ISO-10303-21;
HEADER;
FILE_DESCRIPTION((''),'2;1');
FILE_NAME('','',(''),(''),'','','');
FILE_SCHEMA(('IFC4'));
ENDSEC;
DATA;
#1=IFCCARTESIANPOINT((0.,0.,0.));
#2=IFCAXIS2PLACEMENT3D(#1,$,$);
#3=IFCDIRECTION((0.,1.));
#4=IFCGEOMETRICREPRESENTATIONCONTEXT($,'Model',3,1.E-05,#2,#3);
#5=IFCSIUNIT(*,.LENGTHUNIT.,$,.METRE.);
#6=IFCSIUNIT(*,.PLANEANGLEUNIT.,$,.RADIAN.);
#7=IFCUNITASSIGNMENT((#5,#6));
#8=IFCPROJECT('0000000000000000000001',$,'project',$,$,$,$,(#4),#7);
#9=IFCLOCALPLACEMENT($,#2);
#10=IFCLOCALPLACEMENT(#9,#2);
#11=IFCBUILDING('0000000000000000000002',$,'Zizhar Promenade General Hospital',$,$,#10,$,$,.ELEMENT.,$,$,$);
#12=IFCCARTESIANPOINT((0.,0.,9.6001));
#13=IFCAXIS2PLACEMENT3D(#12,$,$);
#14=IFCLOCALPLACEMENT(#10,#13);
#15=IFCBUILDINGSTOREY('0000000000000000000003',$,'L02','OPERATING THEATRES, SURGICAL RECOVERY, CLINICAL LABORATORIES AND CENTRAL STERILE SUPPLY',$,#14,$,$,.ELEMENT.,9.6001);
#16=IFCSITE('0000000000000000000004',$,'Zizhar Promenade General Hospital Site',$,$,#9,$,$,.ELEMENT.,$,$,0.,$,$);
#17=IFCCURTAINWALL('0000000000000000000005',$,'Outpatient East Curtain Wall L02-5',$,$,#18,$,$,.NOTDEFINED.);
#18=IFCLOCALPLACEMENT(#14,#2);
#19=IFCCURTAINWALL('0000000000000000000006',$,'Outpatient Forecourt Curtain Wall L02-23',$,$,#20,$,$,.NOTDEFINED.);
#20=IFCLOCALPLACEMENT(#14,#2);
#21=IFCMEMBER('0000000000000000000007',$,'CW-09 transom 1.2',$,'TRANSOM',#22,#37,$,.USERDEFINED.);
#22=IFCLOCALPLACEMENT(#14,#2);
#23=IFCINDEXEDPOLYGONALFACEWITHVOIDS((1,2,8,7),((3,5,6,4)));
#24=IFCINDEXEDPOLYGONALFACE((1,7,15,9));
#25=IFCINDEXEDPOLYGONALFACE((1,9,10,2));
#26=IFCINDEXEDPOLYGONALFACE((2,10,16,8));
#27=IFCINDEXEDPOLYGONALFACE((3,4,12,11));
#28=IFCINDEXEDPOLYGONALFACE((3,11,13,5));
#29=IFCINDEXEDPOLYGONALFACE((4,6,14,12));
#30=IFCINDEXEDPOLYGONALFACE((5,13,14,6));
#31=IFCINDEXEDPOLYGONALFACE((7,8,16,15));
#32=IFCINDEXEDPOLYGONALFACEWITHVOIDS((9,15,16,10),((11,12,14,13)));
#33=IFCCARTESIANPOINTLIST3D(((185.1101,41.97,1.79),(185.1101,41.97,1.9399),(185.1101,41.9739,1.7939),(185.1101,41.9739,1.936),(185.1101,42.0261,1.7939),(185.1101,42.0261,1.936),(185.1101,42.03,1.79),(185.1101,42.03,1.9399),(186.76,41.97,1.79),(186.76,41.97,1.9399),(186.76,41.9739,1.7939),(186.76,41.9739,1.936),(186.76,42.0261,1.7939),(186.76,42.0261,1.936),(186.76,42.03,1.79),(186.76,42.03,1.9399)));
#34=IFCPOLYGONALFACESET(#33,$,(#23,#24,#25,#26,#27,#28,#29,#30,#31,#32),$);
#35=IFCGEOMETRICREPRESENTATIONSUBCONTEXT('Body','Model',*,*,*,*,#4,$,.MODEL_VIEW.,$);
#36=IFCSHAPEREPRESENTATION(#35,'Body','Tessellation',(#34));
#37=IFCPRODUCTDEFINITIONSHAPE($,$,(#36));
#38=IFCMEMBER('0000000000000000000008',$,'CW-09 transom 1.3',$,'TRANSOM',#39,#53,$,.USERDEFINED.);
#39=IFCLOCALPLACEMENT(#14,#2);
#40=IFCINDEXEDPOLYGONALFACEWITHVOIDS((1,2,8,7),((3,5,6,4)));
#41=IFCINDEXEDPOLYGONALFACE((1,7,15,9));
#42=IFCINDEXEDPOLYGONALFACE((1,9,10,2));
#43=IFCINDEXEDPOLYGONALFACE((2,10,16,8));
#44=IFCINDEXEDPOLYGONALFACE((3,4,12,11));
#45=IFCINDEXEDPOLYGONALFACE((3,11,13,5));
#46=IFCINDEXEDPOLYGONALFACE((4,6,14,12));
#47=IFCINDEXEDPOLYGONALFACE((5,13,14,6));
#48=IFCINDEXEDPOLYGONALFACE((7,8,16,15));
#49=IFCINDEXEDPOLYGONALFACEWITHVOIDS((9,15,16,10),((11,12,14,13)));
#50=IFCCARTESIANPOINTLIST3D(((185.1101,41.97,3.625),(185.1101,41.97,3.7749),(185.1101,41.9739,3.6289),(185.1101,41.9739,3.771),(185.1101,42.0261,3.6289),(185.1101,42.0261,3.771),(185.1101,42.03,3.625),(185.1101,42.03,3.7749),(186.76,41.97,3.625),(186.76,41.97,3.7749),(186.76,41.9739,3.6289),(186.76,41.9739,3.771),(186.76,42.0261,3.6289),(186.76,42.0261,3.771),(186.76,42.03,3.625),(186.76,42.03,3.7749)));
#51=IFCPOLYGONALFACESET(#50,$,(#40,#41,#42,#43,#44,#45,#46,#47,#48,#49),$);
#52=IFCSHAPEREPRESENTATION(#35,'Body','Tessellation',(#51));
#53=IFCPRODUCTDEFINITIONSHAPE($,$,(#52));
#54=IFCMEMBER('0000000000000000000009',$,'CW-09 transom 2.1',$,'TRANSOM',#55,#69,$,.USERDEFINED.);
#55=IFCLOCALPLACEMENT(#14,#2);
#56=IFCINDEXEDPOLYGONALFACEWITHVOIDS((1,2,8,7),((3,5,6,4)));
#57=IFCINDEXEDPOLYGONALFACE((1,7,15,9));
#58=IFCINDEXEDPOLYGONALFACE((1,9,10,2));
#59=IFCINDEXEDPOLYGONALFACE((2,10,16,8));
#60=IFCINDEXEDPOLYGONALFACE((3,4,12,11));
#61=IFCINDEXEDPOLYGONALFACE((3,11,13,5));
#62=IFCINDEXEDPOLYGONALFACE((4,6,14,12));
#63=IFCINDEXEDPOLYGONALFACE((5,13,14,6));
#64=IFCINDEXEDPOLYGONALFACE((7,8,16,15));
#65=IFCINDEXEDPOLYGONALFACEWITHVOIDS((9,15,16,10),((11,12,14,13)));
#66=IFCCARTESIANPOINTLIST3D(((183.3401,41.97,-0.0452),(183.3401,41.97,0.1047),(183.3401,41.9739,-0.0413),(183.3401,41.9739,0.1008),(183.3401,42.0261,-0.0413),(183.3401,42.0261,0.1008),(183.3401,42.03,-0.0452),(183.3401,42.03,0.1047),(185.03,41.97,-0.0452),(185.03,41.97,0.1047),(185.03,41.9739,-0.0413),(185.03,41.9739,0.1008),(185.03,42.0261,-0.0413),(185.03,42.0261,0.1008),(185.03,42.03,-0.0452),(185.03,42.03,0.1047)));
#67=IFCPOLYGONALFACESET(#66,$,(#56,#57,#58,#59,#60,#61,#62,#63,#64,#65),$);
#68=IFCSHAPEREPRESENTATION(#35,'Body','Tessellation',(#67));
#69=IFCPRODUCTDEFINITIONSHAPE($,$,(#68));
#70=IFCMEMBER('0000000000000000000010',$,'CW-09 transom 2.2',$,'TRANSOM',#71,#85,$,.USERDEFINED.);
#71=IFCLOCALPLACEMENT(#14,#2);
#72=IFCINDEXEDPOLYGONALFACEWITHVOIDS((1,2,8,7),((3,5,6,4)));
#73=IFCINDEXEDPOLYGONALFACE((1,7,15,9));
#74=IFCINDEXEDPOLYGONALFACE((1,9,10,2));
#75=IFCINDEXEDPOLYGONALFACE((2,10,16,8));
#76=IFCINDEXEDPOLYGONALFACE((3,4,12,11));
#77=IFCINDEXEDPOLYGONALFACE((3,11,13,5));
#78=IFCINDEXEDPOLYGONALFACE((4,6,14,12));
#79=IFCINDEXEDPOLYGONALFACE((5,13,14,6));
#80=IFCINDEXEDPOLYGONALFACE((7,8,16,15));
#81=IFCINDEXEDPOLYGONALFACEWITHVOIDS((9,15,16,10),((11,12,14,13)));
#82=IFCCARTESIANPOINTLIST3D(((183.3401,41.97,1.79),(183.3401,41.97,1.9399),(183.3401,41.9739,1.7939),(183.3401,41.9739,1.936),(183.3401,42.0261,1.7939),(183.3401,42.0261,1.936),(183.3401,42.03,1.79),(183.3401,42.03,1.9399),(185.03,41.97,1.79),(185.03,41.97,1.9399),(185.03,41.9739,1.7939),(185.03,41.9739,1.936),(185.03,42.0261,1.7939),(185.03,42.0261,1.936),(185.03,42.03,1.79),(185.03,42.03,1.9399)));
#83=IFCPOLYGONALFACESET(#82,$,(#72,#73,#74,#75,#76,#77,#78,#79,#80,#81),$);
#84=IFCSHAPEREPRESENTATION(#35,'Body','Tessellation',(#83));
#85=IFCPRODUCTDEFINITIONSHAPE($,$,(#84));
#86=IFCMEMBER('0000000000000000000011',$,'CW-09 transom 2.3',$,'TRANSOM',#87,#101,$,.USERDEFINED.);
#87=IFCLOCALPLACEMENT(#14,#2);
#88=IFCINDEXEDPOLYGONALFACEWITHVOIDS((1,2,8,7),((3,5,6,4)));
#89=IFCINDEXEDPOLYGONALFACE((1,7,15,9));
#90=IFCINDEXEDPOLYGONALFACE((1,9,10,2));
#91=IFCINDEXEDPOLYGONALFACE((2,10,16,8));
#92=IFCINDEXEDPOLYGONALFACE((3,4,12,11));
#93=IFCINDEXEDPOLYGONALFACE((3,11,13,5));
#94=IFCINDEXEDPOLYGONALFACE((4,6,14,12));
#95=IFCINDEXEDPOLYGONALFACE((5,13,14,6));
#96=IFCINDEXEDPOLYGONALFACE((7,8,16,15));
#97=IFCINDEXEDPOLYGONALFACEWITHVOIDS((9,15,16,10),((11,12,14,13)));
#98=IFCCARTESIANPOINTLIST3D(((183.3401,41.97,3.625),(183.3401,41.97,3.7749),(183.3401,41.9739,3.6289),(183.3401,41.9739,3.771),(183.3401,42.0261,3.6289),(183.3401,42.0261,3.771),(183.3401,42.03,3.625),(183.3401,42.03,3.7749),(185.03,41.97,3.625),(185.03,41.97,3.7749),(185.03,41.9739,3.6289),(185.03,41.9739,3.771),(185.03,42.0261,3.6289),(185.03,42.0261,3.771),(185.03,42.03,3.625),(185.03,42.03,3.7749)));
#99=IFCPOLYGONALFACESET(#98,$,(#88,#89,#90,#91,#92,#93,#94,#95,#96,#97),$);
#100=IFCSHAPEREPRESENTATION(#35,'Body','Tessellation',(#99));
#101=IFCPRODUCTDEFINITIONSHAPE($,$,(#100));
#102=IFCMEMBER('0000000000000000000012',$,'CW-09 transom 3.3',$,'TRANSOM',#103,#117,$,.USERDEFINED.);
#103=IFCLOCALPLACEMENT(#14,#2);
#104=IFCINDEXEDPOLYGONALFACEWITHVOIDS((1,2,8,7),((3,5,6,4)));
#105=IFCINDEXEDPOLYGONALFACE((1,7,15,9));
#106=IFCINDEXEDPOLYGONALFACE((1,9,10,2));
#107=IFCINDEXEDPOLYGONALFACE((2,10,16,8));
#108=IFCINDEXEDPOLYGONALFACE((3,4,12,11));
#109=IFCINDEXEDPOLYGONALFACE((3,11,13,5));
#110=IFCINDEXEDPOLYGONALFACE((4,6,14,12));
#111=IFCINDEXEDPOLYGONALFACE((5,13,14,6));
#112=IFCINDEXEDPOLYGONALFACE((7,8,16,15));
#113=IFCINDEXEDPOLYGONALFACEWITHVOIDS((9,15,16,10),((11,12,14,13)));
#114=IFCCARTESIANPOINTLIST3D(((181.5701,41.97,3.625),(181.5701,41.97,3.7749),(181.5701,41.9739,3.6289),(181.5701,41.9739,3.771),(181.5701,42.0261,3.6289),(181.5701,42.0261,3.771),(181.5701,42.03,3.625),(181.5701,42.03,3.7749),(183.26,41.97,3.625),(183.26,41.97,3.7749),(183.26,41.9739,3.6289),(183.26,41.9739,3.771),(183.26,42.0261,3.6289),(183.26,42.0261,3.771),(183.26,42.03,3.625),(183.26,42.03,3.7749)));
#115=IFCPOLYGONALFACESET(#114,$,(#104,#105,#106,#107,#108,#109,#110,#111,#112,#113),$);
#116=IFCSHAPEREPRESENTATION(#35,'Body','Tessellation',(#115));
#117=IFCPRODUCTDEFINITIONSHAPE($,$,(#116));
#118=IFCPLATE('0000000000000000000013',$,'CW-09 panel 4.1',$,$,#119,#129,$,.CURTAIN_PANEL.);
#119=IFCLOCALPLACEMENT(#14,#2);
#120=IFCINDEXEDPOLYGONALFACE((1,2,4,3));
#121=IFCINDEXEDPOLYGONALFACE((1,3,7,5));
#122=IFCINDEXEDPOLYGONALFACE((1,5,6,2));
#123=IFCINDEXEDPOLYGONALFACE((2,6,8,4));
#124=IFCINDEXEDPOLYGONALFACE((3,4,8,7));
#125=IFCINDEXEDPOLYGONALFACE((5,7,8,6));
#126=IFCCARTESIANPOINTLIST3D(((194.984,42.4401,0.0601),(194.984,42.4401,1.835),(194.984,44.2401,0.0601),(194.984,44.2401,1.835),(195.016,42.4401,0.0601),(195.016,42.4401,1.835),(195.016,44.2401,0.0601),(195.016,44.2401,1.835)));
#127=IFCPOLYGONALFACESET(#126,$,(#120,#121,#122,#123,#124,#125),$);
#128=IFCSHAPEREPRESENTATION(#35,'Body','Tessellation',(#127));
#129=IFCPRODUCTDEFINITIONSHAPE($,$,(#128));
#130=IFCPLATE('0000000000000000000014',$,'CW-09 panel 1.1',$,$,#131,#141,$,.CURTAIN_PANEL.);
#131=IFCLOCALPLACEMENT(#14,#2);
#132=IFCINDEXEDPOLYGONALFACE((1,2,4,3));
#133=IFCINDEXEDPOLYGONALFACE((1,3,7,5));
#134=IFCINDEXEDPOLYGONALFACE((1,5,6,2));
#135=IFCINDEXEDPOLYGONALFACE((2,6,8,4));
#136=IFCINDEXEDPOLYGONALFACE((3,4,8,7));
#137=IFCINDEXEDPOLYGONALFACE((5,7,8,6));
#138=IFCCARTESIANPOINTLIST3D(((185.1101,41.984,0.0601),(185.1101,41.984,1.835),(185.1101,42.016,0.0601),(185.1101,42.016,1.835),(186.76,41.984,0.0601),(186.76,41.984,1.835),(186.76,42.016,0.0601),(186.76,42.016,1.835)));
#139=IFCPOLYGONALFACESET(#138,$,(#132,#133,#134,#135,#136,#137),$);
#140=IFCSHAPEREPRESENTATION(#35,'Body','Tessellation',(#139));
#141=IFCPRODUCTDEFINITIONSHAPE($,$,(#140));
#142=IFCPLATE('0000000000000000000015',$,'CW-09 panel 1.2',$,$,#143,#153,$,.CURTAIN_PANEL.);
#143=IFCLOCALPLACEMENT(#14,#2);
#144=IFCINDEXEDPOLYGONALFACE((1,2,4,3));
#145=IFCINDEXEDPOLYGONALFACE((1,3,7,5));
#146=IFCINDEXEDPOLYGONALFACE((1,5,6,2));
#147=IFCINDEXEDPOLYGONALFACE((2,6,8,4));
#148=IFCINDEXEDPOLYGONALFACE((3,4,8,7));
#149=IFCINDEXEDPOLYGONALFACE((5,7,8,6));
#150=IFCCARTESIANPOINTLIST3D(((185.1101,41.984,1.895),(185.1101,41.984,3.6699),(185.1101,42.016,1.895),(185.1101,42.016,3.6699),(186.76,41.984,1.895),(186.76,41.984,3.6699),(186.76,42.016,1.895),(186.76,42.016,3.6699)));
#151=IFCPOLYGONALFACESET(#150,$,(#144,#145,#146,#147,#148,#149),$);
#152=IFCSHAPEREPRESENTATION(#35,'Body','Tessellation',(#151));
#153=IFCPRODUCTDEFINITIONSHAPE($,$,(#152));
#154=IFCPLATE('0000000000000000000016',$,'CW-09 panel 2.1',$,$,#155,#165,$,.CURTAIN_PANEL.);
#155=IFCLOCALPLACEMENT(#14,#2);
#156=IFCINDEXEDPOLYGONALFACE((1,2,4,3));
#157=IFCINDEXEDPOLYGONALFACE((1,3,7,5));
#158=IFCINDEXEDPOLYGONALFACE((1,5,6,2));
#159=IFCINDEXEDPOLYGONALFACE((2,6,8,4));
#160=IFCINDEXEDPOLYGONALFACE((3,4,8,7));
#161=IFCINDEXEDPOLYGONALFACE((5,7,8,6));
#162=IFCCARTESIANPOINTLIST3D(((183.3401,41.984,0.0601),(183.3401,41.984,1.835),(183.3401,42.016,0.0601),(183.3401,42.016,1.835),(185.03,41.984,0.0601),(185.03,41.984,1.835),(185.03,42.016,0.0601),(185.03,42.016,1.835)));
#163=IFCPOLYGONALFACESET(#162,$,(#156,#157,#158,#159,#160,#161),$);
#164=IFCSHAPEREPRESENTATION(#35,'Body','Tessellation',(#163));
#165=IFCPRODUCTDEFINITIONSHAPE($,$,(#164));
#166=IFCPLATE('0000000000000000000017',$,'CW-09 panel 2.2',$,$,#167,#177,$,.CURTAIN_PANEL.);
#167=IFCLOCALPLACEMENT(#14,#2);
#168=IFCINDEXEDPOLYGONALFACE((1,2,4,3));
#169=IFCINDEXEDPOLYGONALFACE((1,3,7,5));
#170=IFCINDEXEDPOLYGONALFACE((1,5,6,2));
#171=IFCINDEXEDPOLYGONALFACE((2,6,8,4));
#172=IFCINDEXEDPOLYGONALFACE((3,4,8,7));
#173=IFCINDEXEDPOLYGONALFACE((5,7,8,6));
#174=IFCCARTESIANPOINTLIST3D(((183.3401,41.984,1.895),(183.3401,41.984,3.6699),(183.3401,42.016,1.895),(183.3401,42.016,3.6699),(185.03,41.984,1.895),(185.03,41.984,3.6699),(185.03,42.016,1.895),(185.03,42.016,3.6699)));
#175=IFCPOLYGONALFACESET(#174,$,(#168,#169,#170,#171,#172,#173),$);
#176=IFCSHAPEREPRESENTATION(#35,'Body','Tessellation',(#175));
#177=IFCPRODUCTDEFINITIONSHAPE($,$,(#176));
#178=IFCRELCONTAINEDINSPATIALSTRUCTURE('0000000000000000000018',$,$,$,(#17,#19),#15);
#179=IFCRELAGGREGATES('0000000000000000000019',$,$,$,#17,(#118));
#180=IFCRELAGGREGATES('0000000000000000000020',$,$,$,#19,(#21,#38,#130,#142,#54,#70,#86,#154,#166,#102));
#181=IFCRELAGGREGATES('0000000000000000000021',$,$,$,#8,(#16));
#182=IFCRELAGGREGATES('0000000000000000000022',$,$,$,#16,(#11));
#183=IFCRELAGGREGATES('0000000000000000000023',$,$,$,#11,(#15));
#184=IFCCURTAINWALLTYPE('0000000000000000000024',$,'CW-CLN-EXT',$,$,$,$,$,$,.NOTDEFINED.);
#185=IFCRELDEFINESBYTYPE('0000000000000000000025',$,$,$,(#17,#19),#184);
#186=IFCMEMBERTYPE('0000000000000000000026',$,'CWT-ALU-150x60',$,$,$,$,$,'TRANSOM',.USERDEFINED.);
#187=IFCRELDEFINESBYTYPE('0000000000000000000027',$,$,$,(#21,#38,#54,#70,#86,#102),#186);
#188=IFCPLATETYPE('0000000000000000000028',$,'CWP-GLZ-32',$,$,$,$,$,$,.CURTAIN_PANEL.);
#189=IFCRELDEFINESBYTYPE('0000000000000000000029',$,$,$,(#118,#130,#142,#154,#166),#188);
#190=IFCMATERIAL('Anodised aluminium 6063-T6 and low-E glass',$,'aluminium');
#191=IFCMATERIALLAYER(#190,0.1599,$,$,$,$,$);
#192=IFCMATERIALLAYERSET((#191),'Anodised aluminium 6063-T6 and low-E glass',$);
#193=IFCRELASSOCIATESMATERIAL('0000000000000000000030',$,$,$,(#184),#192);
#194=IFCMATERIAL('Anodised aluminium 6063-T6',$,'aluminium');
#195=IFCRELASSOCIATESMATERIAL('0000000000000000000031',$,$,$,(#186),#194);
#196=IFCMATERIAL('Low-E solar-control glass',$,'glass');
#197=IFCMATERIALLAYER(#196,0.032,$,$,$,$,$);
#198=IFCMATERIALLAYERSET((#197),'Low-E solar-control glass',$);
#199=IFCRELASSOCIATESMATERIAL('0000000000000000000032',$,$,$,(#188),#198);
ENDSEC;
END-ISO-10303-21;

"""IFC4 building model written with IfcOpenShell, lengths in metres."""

from ifc_helpers import new_model, si_unit, direction, frame, origin, origin_2d, place, context, subcontext, project, spatial, rectangle, hollow_rectangle, extrude, material, layer, layer_set, material_profile, profile_set, type_object, element, aggregate, save


model = new_model("IFC4")

# Units and contexts
model_context = context("Model", 3, precision=1e-05, world=origin(), true_north=direction((0.0, 1.0)))
body_context = subcontext(model_context, "Body", "Model", "MODEL_VIEW")
ifc_project = project(units=[si_unit("LENGTHUNIT", "METRE"), si_unit("PLANEANGLEUNIT", "RADIAN")], contexts=[model_context])

# Site, building, storey
site_placement = place(None, origin())
site = spatial("IfcSite", under=ifc_project, at=site_placement, Name="Zizhar Promenade General Hospital Site", CompositionType="ELEMENT", RefElevation=0.0)
building_placement = place(site_placement, origin())
building = spatial("IfcBuilding", under=site, at=building_placement, Name="Zizhar Promenade General Hospital", CompositionType="ELEMENT")
storey_placement = place(building_placement, frame((0.0, 0.0, 9.6001)))
storey = spatial("IfcBuildingStorey", under=building, at=storey_placement, Name="L02", Description="OPERATING THEATRES, SURGICAL RECOVERY, CLINICAL LABORATORIES AND CENTRAL STERILE SUPPLY", CompositionType="ELEMENT", Elevation=9.6001)

# Curtain wall
ifc_material_1 = material(Name="Anodised aluminium 6063-T6 and low-E glass", Category="aluminium")
ifc_layer_1 = layer(ifc_material_1, 0.1599)
ifc_layer_set_1 = layer_set([ifc_layer_1], Name="Anodised aluminium 6063-T6 and low-E glass")
curtain_wall_type = type_object("IfcCurtainWallType", Name="CW-CLN-EXT", PredefinedType="NOTDEFINED", material=ifc_layer_set_1)
curtain_wall_1_placement = place(storey_placement, origin())
curtain_wall_1 = element("IfcCurtainWall", 1, at=curtain_wall_1_placement, inside=storey, type_object=curtain_wall_type, Name="Outpatient East Curtain Wall L02-5", PredefinedType="NOTDEFINED")

# Curtain wall, members
curtain_wall_2_placement = place(storey_placement, origin())
curtain_wall_2 = element("IfcCurtainWall", 2, at=curtain_wall_2_placement, inside=storey, type_object=curtain_wall_type, Name="Outpatient Forecourt Curtain Wall L02-23", PredefinedType="NOTDEFINED")
ifc_material_2 = material(Name="Anodised aluminium 6063-T6", Category="aluminium")
ifc_material_profile_1 = material_profile(ifc_material_2, hollow_rectangle(XDim=0.0601, YDim=0.1499, WallThickness=0.0039, at=origin_2d()))
ifc_profile_set_1 = profile_set([ifc_material_profile_1], Name="Anodised aluminium 6063-T6")
member_type_1 = type_object("IfcMemberType", Name="CWT-ALU-150x60", ElementType="TRANSOM", PredefinedType="USERDEFINED", material=ifc_profile_set_1)
member_1_placement = place(storey_placement, frame((186.76, 42.0, 1.865), z_axis=(-1.0, 0.0, 0.0), x_axis=(0.0, -1.0, 0.0)))
member_1 = element("IfcMember", 3, at=member_1_placement, type_object=member_type_1, Name="CW-09 transom 1.2", ObjectType="TRANSOM", PredefinedType="USERDEFINED", context=body_context, shape_type="SweptSolid", body=[
    extrude(hollow_rectangle(XDim=0.0601, YDim=0.1499, WallThickness=0.0039, at=origin_2d()), origin(), (0.0, 0.0, 1.0), 1.6499),
])
member_2_placement = place(storey_placement, frame((186.76, 42.0, 3.7), z_axis=(-1.0, 0.0, 0.0), x_axis=(0.0, -1.0, 0.0)))
member_2 = element("IfcMember", 4, at=member_2_placement, type_object=member_type_1, Name="CW-09 transom 1.3", ObjectType="TRANSOM", PredefinedType="USERDEFINED", context=body_context, shape_type="SweptSolid", body=[
    extrude(hollow_rectangle(XDim=0.0601, YDim=0.1499, WallThickness=0.0039, at=origin_2d()), origin(), (0.0, 0.0, 1.0), 1.6499),
])
member_3_placement = place(storey_placement, frame((185.03, 42.0, 0.0298), z_axis=(-1.0, 0.0, 0.0), x_axis=(0.0, -1.0, 0.0)))
member_3 = element("IfcMember", 5, at=member_3_placement, type_object=member_type_1, Name="CW-09 transom 2.1", ObjectType="TRANSOM", PredefinedType="USERDEFINED", context=body_context, shape_type="SweptSolid", body=[
    extrude(hollow_rectangle(XDim=0.0601, YDim=0.1499, WallThickness=0.0039, at=origin_2d()), origin(), (0.0, 0.0, 1.0), 1.6899),
])
member_4_placement = place(storey_placement, frame((185.03, 42.0, 1.865), z_axis=(-1.0, 0.0, 0.0), x_axis=(0.0, -1.0, 0.0)))
member_4 = element("IfcMember", 6, at=member_4_placement, type_object=member_type_1, Name="CW-09 transom 2.2", ObjectType="TRANSOM", PredefinedType="USERDEFINED", context=body_context, shape_type="SweptSolid", body=[
    extrude(hollow_rectangle(XDim=0.0601, YDim=0.1499, WallThickness=0.0039, at=origin_2d()), origin(), (0.0, 0.0, 1.0), 1.6899),
])
member_5_placement = place(storey_placement, frame((185.03, 42.0, 3.7), z_axis=(-1.0, 0.0, 0.0), x_axis=(0.0, -1.0, 0.0)))
member_5 = element("IfcMember", 7, at=member_5_placement, type_object=member_type_1, Name="CW-09 transom 2.3", ObjectType="TRANSOM", PredefinedType="USERDEFINED", context=body_context, shape_type="SweptSolid", body=[
    extrude(hollow_rectangle(XDim=0.0601, YDim=0.1499, WallThickness=0.0039, at=origin_2d()), origin(), (0.0, 0.0, 1.0), 1.6899),
])
member_6_placement = place(storey_placement, frame((183.26, 42.0, 3.7), z_axis=(-1.0, 0.0, 0.0), x_axis=(0.0, -1.0, 0.0)))
member_6 = element("IfcMember", 8, at=member_6_placement, type_object=member_type_1, Name="CW-09 transom 3.3", ObjectType="TRANSOM", PredefinedType="USERDEFINED", context=body_context, shape_type="SweptSolid", body=[
    extrude(hollow_rectangle(XDim=0.0601, YDim=0.1499, WallThickness=0.0039, at=origin_2d()), origin(), (0.0, 0.0, 1.0), 1.6899),
])

# Plates
ifc_material_3 = material(Name="Low-E solar-control glass", Category="glass")
ifc_layer_2 = layer(ifc_material_3, 0.032)
ifc_layer_set_2 = layer_set([ifc_layer_2], Name="Low-E solar-control glass")
plate_type = type_object("IfcPlateType", Name="CWP-GLZ-32", PredefinedType="CURTAIN_PANEL", material=ifc_layer_set_2)
plate_1_placement = place(storey_placement, frame((195.0, 43.3401, 0.0601), z_axis=(0.0, 0.0, 1.0), x_axis=(0.0, -1.0, 0.0)))
plate_1 = element("IfcPlate", 9, at=plate_1_placement, type_object=plate_type, Name="CW-09 panel 4.1", PredefinedType="CURTAIN_PANEL", context=body_context, shape_type="SweptSolid", body=[
    extrude(rectangle(XDim=1.8, YDim=0.032, at=origin_2d()), origin(), (0.0, 0.0, 1.0), 1.7749),
])
aggregate(curtain_wall_1, [plate_1])
plate_2_placement = place(storey_placement, frame((185.9351, 42.0, 0.0601), z_axis=(0.0, 0.0, 1.0), x_axis=(-1.0, 0.0, 0.0)))
plate_2 = element("IfcPlate", 10, at=plate_2_placement, type_object=plate_type, Name="CW-09 panel 1.1", PredefinedType="CURTAIN_PANEL", context=body_context, shape_type="SweptSolid", body=[
    extrude(rectangle(XDim=1.6499, YDim=0.032, at=origin_2d()), origin(), (0.0, 0.0, 1.0), 1.7749),
])
plate_3_placement = place(storey_placement, frame((185.9351, 42.0, 1.895), z_axis=(0.0, 0.0, 1.0), x_axis=(-1.0, 0.0, 0.0)))
plate_3 = element("IfcPlate", 11, at=plate_3_placement, type_object=plate_type, Name="CW-09 panel 1.2", PredefinedType="CURTAIN_PANEL", context=body_context, shape_type="SweptSolid", body=[
    extrude(rectangle(XDim=1.6499, YDim=0.032, at=origin_2d()), origin(), (0.0, 0.0, 1.0), 1.7749),
])
plate_4_placement = place(storey_placement, frame((184.1851, 42.0, 0.0601), z_axis=(0.0, 0.0, 1.0), x_axis=(-1.0, 0.0, 0.0)))
plate_4 = element("IfcPlate", 12, at=plate_4_placement, type_object=plate_type, Name="CW-09 panel 2.1", PredefinedType="CURTAIN_PANEL", context=body_context, shape_type="SweptSolid", body=[
    extrude(rectangle(XDim=1.6899, YDim=0.032, at=origin_2d()), origin(), (0.0, 0.0, 1.0), 1.7749),
])
plate_5_placement = place(storey_placement, frame((184.1851, 42.0, 1.895), z_axis=(0.0, 0.0, 1.0), x_axis=(-1.0, 0.0, 0.0)))
plate_5 = element("IfcPlate", 13, at=plate_5_placement, type_object=plate_type, Name="CW-09 panel 2.2", PredefinedType="CURTAIN_PANEL", context=body_context, shape_type="SweptSolid", body=[
    extrude(rectangle(XDim=1.6899, YDim=0.032, at=origin_2d()), origin(), (0.0, 0.0, 1.0), 1.7749),
])
aggregate(curtain_wall_2, [member_1, member_2, plate_2, plate_3, member_3, member_4, member_5, plate_4, plate_5, member_6])

save(model, "model.ifc")
